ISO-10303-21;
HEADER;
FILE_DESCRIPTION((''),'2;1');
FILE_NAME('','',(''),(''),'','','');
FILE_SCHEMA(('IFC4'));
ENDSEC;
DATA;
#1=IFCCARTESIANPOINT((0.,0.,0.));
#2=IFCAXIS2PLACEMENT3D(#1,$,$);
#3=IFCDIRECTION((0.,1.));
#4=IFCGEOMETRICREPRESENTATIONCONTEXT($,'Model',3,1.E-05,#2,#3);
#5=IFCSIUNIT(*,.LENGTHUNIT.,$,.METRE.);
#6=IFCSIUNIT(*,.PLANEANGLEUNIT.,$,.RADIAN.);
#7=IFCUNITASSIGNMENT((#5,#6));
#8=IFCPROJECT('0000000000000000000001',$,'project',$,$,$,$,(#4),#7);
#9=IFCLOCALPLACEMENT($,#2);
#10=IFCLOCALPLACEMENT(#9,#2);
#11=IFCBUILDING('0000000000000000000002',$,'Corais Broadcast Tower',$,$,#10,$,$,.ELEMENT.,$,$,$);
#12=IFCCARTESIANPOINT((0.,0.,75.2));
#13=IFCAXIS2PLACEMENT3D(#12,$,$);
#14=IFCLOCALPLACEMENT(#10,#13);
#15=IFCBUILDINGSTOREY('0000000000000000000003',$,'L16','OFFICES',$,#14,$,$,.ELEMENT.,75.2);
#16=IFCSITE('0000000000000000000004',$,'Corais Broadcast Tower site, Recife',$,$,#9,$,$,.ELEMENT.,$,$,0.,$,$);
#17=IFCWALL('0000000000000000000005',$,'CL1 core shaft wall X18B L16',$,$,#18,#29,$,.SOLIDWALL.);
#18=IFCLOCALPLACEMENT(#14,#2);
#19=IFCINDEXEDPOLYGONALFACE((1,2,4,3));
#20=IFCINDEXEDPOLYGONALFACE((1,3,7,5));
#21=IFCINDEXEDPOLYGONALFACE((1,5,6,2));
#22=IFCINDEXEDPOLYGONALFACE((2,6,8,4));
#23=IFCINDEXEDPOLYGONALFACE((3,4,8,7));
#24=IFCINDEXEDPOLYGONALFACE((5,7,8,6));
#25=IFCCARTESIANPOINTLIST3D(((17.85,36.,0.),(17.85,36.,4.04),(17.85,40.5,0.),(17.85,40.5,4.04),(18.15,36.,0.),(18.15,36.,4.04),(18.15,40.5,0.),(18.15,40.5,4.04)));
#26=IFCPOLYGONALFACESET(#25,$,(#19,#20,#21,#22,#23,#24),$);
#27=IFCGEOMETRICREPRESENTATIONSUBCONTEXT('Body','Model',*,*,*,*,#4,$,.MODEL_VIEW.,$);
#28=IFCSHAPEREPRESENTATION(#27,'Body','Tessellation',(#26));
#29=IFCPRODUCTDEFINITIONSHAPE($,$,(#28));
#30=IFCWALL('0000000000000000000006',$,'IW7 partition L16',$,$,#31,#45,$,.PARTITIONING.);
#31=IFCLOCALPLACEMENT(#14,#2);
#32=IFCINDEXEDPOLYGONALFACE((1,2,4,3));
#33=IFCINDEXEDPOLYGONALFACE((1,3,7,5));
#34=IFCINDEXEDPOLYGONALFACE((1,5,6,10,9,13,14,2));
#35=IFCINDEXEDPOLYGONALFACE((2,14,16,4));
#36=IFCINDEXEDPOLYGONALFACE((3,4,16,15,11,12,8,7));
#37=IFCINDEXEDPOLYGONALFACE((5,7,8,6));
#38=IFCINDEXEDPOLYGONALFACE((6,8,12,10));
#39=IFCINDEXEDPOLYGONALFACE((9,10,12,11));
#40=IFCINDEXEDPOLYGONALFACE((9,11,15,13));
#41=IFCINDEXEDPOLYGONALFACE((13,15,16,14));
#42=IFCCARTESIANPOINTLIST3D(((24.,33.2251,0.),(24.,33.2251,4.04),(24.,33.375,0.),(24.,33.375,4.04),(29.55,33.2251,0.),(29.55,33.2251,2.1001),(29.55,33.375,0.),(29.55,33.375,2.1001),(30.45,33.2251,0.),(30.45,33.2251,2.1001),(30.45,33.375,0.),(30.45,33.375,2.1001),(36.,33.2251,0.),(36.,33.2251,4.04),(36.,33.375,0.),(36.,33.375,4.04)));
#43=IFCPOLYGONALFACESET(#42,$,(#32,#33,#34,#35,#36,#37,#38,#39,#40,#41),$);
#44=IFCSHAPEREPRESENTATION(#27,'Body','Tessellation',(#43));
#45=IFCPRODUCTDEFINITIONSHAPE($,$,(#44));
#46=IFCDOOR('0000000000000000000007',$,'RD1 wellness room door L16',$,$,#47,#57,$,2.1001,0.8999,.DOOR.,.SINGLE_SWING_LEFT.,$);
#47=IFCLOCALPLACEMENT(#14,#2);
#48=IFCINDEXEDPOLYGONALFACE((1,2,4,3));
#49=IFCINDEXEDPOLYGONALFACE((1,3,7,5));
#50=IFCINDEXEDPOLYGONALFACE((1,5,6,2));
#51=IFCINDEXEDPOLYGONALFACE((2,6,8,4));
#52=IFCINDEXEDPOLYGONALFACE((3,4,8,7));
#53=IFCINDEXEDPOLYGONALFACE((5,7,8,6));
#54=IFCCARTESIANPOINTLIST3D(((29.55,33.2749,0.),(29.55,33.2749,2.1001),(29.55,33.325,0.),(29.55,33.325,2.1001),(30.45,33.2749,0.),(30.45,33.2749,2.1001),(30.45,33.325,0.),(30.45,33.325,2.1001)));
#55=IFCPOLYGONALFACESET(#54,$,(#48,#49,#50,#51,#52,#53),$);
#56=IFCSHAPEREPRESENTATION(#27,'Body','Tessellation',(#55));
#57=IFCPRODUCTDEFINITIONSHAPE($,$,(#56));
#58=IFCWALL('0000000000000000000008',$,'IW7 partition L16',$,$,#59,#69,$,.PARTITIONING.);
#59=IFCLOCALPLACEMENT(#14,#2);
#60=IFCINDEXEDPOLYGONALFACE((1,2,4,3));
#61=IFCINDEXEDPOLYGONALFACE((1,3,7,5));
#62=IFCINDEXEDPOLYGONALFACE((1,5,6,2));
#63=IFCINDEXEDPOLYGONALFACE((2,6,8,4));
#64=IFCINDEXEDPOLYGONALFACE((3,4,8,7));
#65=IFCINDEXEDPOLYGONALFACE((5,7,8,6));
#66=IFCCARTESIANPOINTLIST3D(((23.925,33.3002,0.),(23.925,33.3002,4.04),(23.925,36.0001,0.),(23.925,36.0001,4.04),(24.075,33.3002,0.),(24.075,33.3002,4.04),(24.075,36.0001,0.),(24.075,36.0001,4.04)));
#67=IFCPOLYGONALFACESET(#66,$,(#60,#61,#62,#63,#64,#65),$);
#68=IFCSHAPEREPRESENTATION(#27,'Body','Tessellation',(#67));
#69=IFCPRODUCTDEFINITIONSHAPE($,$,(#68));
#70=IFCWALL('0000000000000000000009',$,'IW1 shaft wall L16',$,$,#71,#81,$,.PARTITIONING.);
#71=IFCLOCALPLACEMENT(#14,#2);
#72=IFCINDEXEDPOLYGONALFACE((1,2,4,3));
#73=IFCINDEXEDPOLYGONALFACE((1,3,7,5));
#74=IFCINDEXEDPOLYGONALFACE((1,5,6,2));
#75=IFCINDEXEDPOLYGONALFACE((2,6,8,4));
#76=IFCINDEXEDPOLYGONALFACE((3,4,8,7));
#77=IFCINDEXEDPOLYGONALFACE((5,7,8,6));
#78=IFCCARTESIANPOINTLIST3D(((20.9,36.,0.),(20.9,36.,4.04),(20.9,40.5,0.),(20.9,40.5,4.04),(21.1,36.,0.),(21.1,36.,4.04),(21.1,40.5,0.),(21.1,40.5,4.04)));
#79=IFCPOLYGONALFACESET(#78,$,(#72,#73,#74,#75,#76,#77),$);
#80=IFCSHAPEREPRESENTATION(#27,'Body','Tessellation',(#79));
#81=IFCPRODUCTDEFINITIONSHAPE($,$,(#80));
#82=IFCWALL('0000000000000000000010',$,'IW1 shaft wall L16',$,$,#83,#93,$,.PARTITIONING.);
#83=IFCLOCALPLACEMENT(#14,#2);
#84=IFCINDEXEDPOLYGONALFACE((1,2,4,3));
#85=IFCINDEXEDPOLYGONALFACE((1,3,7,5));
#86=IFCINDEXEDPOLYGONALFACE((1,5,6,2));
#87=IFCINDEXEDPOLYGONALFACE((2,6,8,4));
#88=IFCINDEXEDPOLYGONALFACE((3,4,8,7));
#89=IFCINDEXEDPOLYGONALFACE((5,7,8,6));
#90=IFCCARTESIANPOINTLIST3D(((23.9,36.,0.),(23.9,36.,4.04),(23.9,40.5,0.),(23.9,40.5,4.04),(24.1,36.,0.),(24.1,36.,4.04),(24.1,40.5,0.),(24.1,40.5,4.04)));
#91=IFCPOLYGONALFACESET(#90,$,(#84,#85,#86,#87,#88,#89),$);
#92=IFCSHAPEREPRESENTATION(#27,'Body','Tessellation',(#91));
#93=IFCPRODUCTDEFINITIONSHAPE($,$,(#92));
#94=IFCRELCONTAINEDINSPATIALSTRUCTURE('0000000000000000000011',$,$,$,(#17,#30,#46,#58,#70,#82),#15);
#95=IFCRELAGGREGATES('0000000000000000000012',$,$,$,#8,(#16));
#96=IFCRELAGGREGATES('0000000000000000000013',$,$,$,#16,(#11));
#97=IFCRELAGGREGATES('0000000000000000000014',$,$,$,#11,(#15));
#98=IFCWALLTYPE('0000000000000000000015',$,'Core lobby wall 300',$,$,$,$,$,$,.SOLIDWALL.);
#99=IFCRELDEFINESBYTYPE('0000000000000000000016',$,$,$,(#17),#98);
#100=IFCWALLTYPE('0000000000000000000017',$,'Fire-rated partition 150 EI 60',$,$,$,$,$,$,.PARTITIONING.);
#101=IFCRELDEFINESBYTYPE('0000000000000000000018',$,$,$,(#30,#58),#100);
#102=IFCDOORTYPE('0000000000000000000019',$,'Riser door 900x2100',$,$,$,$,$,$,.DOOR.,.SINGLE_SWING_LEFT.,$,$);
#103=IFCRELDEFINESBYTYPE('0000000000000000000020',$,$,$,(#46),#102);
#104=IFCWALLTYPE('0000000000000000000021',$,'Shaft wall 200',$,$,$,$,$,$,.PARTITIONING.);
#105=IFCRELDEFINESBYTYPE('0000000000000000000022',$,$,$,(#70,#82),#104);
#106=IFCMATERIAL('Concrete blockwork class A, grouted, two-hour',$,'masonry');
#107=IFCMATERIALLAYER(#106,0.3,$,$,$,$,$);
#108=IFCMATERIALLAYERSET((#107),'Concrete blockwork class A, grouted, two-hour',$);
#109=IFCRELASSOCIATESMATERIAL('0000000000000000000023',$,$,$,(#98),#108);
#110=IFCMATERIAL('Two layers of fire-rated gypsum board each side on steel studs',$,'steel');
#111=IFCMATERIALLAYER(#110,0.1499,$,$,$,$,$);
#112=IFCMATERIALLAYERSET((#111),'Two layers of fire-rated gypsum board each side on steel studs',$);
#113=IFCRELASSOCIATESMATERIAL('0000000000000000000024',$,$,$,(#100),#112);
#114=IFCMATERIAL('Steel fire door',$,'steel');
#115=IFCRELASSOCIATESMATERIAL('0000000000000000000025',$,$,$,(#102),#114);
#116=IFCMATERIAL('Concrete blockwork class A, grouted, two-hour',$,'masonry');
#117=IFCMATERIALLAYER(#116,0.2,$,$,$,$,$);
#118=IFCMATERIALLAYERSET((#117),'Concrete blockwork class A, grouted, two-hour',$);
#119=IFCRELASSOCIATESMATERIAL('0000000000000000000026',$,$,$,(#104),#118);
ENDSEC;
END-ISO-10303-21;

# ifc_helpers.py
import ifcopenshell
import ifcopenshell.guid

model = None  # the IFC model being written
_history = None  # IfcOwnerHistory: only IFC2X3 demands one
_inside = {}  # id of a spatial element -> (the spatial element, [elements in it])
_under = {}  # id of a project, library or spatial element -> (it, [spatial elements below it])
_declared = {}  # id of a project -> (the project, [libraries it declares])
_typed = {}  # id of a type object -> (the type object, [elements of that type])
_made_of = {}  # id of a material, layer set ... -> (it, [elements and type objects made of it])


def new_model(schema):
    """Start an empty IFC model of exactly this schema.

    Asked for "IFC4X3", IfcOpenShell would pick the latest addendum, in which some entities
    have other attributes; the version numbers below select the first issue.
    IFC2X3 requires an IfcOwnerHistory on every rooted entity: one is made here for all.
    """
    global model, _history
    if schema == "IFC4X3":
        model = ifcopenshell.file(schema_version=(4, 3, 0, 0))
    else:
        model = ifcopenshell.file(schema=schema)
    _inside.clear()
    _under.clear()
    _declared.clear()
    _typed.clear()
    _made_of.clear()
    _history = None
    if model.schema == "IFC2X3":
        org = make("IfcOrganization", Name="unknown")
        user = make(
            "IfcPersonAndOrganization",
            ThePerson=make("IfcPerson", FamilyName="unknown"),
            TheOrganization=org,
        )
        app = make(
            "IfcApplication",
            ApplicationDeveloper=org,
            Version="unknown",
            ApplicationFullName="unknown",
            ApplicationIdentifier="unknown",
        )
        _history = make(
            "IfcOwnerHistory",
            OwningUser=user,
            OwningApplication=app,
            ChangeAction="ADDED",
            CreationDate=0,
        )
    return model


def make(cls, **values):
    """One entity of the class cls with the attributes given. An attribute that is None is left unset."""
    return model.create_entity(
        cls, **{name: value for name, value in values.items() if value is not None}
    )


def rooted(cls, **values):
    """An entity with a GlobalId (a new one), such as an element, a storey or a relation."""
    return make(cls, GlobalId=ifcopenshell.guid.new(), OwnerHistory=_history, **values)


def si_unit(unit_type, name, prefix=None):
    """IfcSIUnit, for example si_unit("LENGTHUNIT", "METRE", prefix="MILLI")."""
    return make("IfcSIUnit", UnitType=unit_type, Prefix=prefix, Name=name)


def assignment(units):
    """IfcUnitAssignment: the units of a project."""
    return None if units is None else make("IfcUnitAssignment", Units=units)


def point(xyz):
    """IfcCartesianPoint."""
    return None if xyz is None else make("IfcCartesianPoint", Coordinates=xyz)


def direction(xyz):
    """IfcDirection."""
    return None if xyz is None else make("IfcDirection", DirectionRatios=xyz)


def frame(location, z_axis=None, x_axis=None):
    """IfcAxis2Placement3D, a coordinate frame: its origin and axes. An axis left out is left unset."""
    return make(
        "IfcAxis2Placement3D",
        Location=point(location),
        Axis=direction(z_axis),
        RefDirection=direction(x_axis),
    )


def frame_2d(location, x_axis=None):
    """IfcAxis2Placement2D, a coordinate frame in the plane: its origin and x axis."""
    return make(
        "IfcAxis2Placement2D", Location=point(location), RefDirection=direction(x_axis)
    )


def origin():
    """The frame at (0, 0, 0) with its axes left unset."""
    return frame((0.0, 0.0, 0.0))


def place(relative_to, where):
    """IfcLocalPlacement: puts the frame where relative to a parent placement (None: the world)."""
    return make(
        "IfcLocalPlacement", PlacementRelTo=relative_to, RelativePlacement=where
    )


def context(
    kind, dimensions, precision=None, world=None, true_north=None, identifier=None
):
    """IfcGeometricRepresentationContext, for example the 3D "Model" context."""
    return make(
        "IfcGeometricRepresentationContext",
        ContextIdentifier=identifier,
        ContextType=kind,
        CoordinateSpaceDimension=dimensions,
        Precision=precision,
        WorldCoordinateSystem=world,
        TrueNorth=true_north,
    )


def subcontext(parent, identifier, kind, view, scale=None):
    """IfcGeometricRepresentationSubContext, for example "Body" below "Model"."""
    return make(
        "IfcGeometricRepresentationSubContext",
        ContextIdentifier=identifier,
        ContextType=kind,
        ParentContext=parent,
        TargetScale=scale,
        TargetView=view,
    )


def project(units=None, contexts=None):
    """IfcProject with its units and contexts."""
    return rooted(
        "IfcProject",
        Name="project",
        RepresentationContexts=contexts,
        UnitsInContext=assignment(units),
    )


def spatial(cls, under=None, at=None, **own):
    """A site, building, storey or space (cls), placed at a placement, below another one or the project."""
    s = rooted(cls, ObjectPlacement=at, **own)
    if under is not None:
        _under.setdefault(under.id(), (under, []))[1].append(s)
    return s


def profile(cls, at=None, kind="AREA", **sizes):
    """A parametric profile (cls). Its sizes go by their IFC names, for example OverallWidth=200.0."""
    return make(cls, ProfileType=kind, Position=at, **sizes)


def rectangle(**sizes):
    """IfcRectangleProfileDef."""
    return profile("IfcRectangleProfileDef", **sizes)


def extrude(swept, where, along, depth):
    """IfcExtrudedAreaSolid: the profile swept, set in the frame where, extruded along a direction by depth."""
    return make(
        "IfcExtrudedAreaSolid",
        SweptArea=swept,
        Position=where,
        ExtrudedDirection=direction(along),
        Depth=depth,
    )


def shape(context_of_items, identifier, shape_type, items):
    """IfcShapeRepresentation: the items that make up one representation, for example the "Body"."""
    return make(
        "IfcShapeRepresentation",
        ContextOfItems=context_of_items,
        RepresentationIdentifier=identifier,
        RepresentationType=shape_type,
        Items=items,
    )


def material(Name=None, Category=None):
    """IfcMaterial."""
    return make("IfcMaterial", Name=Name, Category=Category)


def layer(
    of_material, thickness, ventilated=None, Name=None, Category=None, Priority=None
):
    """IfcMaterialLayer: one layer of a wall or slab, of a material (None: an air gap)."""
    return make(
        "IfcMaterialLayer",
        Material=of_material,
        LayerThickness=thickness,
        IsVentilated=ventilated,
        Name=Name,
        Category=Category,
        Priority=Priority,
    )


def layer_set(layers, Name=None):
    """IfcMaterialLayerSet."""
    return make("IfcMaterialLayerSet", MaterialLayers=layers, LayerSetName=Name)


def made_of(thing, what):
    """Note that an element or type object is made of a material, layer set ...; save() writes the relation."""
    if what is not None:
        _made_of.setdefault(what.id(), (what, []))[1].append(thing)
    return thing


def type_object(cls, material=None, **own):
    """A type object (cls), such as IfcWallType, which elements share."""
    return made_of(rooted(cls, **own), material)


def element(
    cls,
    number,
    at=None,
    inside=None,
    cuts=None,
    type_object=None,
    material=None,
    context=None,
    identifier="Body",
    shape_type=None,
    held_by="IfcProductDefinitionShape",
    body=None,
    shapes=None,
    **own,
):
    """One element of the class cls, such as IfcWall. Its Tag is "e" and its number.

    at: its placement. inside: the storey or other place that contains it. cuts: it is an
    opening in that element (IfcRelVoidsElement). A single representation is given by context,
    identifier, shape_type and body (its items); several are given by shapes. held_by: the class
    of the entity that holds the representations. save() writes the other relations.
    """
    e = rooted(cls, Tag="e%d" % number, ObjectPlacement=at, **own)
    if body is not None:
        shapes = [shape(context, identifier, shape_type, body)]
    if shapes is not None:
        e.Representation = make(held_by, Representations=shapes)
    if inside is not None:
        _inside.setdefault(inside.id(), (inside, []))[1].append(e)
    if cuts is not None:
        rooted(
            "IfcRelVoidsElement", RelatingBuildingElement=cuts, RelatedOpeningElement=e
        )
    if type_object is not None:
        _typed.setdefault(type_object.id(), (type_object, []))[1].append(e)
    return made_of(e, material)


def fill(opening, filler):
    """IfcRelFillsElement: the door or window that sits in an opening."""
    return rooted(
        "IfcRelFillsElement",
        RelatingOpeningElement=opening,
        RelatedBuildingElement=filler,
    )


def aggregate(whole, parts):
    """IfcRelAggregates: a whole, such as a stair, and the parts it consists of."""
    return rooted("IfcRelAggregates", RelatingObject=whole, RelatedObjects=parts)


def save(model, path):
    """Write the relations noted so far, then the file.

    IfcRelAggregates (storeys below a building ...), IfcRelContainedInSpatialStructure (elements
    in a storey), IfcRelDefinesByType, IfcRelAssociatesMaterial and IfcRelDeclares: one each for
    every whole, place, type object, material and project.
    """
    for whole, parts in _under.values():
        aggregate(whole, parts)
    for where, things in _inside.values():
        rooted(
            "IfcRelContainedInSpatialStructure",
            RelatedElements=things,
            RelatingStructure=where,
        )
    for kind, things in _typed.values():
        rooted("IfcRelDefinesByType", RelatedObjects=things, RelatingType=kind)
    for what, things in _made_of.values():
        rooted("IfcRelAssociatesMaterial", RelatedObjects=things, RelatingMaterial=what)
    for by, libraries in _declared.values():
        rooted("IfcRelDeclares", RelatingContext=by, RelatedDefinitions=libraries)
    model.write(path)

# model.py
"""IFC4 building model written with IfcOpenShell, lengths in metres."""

from ifc_helpers import new_model, si_unit, direction, frame, frame_2d, origin, place, context, subcontext, project, spatial, rectangle, extrude, material, layer, layer_set, type_object, element, fill, save


model = new_model("IFC4")

# Units and contexts
model_context = context("Model", 3, precision=1e-05, world=origin(), true_north=direction((0.0, 1.0)))
body_context = subcontext(model_context, "Body", "Model", "MODEL_VIEW")
ifc_project = project(units=[si_unit("LENGTHUNIT", "METRE"), si_unit("PLANEANGLEUNIT", "RADIAN")], contexts=[model_context])

# Site, building, storey
site_placement = place(None, origin())
site = spatial("IfcSite", under=ifc_project, at=site_placement, Name="Corais Broadcast Tower site, Recife", CompositionType="ELEMENT", RefElevation=0.0)
building_placement = place(site_placement, origin())
building = spatial("IfcBuilding", under=site, at=building_placement, Name="Corais Broadcast Tower", CompositionType="ELEMENT")
storey_placement = place(building_placement, frame((0.0, 0.0, 75.2)))
storey = spatial("IfcBuildingStorey", under=building, at=storey_placement, Name="L16", Description="OFFICES", CompositionType="ELEMENT", Elevation=75.2)

# Wall
ifc_material_1 = material(Name="Concrete blockwork class A, grouted, two-hour", Category="masonry")
ifc_layer_1 = layer(ifc_material_1, 0.3)
ifc_layer_set_1 = layer_set([ifc_layer_1], Name="Concrete blockwork class A, grouted, two-hour")
wall_type_1 = type_object("IfcWallType", Name="Core lobby wall 300", PredefinedType="SOLIDWALL", material=ifc_layer_set_1)
wall_1_placement = place(storey_placement, frame((18.0, 36.0, 0.0), z_axis=(0.0, 0.0, 1.0), x_axis=(0.0, 1.0, 0.0)))
element("IfcWall", 1, at=wall_1_placement, inside=storey, type_object=wall_type_1, Name="CL1 core shaft wall X18B L16", PredefinedType="SOLIDWALL", context=body_context, shape_type="SweptSolid", body=[
    extrude(rectangle(XDim=4.5, YDim=0.3, at=frame_2d((2.25, 0.0))), origin(), (0.0, 0.0, 1.0), 4.04),
])

# Wall, opening, door
ifc_material_2 = material(Name="Two layers of fire-rated gypsum board each side on steel studs", Category="steel")
ifc_layer_2 = layer(ifc_material_2, 0.1499)
ifc_layer_set_2 = layer_set([ifc_layer_2], Name="Two layers of fire-rated gypsum board each side on steel studs")
wall_type_2 = type_object("IfcWallType", Name="Fire-rated partition 150 EI 60", PredefinedType="PARTITIONING", material=ifc_layer_set_2)
wall_2_placement = place(storey_placement, frame((24.0, 33.3, 0.0), z_axis=(0.0, 0.0, 1.0), x_axis=(1.0, 0.0, 0.0)))
wall_2 = element("IfcWall", 2, at=wall_2_placement, inside=storey, type_object=wall_type_2, Name="IW7 partition L16", PredefinedType="PARTITIONING", context=body_context, shape_type="SweptSolid", body=[
    extrude(rectangle(XDim=12.0, YDim=0.1499, at=frame_2d((6.0, 0.0))), origin(), (0.0, 0.0, 1.0), 4.04),
])
opening_placement = place(wall_2_placement, frame((5.55, 0.0, 0.0)))
opening = element("IfcOpeningElement", 3, at=opening_placement, cuts=wall_2, PredefinedType="OPENING", context=body_context, shape_type="SweptSolid", body=[
    extrude(rectangle(XDim=0.8999, YDim=2.1001, at=frame_2d((0.45, 1.05))), frame((0.0, 0.085, 0.0), z_axis=(0.0, -1.0, 0.0), x_axis=(1.0, 0.0, 0.0)), (0.0, 0.0, 1.0), 0.1699),
])
ifc_material_3 = material(Name="Steel fire door", Category="steel")
door_type = type_object("IfcDoorType", Name="Riser door 900x2100", OperationType="SINGLE_SWING_LEFT", PredefinedType="DOOR", material=ifc_material_3)
door_placement = place(opening_placement, origin())
door = element("IfcDoor", 4, at=door_placement, inside=storey, type_object=door_type, Name="RD1 wellness room door L16", OperationType="SINGLE_SWING_LEFT", OverallHeight=2.1001, OverallWidth=0.8999, PredefinedType="DOOR", context=body_context, shape_type="SweptSolid", body=[
    extrude(rectangle(XDim=0.8999, YDim=2.1001, at=frame_2d((0.45, 1.05))), frame((0.0, 0.0249, 0.0), z_axis=(0.0, -1.0, 0.0), x_axis=(1.0, 0.0, 0.0)), (0.0, 0.0, 1.0), 0.05),
])
fill(opening, door)

# Walls
wall_3_placement = place(storey_placement, frame((24.0, 33.3, 0.0), z_axis=(0.0, 0.0, 1.0), x_axis=(0.0, 1.0, 0.0)))
element("IfcWall", 5, at=wall_3_placement, inside=storey, type_object=wall_type_2, Name="IW7 partition L16", PredefinedType="PARTITIONING", context=body_context, shape_type="SweptSolid", body=[
    extrude(rectangle(XDim=2.7, YDim=0.1499, at=frame_2d((1.3501, 0.0))), origin(), (0.0, 0.0, 1.0), 4.04),
])
ifc_material_4 = material(Name="Concrete blockwork class A, grouted, two-hour", Category="masonry")
ifc_layer_3 = layer(ifc_material_4, 0.2)
ifc_layer_set_3 = layer_set([ifc_layer_3], Name="Concrete blockwork class A, grouted, two-hour")
wall_type_3 = type_object("IfcWallType", Name="Shaft wall 200", PredefinedType="PARTITIONING", material=ifc_layer_set_3)
for number, where, z_axis, x_axis, name in (
    (6, (21.0, 36.0, 0.0), (0.0, 0.0, 1.0), (0.0, 1.0, 0.0), "IW1 shaft wall L16"),
    (7, (24.0, 36.0, 0.0), (0.0, 0.0, 1.0), (0.0, 1.0, 0.0), "IW1 shaft wall L16"),
):
    element("IfcWall", number, at=place(storey_placement, frame(where, z_axis=z_axis, x_axis=x_axis)), inside=storey, type_object=wall_type_3, Name=name, PredefinedType="PARTITIONING", context=body_context, shape_type="SweptSolid", body=[
        extrude(rectangle(XDim=4.5, YDim=0.2, at=frame_2d((2.25, 0.0))), origin(), (0.0, 0.0, 1.0), 4.04),
    ])

save(model, "model.ifc")
